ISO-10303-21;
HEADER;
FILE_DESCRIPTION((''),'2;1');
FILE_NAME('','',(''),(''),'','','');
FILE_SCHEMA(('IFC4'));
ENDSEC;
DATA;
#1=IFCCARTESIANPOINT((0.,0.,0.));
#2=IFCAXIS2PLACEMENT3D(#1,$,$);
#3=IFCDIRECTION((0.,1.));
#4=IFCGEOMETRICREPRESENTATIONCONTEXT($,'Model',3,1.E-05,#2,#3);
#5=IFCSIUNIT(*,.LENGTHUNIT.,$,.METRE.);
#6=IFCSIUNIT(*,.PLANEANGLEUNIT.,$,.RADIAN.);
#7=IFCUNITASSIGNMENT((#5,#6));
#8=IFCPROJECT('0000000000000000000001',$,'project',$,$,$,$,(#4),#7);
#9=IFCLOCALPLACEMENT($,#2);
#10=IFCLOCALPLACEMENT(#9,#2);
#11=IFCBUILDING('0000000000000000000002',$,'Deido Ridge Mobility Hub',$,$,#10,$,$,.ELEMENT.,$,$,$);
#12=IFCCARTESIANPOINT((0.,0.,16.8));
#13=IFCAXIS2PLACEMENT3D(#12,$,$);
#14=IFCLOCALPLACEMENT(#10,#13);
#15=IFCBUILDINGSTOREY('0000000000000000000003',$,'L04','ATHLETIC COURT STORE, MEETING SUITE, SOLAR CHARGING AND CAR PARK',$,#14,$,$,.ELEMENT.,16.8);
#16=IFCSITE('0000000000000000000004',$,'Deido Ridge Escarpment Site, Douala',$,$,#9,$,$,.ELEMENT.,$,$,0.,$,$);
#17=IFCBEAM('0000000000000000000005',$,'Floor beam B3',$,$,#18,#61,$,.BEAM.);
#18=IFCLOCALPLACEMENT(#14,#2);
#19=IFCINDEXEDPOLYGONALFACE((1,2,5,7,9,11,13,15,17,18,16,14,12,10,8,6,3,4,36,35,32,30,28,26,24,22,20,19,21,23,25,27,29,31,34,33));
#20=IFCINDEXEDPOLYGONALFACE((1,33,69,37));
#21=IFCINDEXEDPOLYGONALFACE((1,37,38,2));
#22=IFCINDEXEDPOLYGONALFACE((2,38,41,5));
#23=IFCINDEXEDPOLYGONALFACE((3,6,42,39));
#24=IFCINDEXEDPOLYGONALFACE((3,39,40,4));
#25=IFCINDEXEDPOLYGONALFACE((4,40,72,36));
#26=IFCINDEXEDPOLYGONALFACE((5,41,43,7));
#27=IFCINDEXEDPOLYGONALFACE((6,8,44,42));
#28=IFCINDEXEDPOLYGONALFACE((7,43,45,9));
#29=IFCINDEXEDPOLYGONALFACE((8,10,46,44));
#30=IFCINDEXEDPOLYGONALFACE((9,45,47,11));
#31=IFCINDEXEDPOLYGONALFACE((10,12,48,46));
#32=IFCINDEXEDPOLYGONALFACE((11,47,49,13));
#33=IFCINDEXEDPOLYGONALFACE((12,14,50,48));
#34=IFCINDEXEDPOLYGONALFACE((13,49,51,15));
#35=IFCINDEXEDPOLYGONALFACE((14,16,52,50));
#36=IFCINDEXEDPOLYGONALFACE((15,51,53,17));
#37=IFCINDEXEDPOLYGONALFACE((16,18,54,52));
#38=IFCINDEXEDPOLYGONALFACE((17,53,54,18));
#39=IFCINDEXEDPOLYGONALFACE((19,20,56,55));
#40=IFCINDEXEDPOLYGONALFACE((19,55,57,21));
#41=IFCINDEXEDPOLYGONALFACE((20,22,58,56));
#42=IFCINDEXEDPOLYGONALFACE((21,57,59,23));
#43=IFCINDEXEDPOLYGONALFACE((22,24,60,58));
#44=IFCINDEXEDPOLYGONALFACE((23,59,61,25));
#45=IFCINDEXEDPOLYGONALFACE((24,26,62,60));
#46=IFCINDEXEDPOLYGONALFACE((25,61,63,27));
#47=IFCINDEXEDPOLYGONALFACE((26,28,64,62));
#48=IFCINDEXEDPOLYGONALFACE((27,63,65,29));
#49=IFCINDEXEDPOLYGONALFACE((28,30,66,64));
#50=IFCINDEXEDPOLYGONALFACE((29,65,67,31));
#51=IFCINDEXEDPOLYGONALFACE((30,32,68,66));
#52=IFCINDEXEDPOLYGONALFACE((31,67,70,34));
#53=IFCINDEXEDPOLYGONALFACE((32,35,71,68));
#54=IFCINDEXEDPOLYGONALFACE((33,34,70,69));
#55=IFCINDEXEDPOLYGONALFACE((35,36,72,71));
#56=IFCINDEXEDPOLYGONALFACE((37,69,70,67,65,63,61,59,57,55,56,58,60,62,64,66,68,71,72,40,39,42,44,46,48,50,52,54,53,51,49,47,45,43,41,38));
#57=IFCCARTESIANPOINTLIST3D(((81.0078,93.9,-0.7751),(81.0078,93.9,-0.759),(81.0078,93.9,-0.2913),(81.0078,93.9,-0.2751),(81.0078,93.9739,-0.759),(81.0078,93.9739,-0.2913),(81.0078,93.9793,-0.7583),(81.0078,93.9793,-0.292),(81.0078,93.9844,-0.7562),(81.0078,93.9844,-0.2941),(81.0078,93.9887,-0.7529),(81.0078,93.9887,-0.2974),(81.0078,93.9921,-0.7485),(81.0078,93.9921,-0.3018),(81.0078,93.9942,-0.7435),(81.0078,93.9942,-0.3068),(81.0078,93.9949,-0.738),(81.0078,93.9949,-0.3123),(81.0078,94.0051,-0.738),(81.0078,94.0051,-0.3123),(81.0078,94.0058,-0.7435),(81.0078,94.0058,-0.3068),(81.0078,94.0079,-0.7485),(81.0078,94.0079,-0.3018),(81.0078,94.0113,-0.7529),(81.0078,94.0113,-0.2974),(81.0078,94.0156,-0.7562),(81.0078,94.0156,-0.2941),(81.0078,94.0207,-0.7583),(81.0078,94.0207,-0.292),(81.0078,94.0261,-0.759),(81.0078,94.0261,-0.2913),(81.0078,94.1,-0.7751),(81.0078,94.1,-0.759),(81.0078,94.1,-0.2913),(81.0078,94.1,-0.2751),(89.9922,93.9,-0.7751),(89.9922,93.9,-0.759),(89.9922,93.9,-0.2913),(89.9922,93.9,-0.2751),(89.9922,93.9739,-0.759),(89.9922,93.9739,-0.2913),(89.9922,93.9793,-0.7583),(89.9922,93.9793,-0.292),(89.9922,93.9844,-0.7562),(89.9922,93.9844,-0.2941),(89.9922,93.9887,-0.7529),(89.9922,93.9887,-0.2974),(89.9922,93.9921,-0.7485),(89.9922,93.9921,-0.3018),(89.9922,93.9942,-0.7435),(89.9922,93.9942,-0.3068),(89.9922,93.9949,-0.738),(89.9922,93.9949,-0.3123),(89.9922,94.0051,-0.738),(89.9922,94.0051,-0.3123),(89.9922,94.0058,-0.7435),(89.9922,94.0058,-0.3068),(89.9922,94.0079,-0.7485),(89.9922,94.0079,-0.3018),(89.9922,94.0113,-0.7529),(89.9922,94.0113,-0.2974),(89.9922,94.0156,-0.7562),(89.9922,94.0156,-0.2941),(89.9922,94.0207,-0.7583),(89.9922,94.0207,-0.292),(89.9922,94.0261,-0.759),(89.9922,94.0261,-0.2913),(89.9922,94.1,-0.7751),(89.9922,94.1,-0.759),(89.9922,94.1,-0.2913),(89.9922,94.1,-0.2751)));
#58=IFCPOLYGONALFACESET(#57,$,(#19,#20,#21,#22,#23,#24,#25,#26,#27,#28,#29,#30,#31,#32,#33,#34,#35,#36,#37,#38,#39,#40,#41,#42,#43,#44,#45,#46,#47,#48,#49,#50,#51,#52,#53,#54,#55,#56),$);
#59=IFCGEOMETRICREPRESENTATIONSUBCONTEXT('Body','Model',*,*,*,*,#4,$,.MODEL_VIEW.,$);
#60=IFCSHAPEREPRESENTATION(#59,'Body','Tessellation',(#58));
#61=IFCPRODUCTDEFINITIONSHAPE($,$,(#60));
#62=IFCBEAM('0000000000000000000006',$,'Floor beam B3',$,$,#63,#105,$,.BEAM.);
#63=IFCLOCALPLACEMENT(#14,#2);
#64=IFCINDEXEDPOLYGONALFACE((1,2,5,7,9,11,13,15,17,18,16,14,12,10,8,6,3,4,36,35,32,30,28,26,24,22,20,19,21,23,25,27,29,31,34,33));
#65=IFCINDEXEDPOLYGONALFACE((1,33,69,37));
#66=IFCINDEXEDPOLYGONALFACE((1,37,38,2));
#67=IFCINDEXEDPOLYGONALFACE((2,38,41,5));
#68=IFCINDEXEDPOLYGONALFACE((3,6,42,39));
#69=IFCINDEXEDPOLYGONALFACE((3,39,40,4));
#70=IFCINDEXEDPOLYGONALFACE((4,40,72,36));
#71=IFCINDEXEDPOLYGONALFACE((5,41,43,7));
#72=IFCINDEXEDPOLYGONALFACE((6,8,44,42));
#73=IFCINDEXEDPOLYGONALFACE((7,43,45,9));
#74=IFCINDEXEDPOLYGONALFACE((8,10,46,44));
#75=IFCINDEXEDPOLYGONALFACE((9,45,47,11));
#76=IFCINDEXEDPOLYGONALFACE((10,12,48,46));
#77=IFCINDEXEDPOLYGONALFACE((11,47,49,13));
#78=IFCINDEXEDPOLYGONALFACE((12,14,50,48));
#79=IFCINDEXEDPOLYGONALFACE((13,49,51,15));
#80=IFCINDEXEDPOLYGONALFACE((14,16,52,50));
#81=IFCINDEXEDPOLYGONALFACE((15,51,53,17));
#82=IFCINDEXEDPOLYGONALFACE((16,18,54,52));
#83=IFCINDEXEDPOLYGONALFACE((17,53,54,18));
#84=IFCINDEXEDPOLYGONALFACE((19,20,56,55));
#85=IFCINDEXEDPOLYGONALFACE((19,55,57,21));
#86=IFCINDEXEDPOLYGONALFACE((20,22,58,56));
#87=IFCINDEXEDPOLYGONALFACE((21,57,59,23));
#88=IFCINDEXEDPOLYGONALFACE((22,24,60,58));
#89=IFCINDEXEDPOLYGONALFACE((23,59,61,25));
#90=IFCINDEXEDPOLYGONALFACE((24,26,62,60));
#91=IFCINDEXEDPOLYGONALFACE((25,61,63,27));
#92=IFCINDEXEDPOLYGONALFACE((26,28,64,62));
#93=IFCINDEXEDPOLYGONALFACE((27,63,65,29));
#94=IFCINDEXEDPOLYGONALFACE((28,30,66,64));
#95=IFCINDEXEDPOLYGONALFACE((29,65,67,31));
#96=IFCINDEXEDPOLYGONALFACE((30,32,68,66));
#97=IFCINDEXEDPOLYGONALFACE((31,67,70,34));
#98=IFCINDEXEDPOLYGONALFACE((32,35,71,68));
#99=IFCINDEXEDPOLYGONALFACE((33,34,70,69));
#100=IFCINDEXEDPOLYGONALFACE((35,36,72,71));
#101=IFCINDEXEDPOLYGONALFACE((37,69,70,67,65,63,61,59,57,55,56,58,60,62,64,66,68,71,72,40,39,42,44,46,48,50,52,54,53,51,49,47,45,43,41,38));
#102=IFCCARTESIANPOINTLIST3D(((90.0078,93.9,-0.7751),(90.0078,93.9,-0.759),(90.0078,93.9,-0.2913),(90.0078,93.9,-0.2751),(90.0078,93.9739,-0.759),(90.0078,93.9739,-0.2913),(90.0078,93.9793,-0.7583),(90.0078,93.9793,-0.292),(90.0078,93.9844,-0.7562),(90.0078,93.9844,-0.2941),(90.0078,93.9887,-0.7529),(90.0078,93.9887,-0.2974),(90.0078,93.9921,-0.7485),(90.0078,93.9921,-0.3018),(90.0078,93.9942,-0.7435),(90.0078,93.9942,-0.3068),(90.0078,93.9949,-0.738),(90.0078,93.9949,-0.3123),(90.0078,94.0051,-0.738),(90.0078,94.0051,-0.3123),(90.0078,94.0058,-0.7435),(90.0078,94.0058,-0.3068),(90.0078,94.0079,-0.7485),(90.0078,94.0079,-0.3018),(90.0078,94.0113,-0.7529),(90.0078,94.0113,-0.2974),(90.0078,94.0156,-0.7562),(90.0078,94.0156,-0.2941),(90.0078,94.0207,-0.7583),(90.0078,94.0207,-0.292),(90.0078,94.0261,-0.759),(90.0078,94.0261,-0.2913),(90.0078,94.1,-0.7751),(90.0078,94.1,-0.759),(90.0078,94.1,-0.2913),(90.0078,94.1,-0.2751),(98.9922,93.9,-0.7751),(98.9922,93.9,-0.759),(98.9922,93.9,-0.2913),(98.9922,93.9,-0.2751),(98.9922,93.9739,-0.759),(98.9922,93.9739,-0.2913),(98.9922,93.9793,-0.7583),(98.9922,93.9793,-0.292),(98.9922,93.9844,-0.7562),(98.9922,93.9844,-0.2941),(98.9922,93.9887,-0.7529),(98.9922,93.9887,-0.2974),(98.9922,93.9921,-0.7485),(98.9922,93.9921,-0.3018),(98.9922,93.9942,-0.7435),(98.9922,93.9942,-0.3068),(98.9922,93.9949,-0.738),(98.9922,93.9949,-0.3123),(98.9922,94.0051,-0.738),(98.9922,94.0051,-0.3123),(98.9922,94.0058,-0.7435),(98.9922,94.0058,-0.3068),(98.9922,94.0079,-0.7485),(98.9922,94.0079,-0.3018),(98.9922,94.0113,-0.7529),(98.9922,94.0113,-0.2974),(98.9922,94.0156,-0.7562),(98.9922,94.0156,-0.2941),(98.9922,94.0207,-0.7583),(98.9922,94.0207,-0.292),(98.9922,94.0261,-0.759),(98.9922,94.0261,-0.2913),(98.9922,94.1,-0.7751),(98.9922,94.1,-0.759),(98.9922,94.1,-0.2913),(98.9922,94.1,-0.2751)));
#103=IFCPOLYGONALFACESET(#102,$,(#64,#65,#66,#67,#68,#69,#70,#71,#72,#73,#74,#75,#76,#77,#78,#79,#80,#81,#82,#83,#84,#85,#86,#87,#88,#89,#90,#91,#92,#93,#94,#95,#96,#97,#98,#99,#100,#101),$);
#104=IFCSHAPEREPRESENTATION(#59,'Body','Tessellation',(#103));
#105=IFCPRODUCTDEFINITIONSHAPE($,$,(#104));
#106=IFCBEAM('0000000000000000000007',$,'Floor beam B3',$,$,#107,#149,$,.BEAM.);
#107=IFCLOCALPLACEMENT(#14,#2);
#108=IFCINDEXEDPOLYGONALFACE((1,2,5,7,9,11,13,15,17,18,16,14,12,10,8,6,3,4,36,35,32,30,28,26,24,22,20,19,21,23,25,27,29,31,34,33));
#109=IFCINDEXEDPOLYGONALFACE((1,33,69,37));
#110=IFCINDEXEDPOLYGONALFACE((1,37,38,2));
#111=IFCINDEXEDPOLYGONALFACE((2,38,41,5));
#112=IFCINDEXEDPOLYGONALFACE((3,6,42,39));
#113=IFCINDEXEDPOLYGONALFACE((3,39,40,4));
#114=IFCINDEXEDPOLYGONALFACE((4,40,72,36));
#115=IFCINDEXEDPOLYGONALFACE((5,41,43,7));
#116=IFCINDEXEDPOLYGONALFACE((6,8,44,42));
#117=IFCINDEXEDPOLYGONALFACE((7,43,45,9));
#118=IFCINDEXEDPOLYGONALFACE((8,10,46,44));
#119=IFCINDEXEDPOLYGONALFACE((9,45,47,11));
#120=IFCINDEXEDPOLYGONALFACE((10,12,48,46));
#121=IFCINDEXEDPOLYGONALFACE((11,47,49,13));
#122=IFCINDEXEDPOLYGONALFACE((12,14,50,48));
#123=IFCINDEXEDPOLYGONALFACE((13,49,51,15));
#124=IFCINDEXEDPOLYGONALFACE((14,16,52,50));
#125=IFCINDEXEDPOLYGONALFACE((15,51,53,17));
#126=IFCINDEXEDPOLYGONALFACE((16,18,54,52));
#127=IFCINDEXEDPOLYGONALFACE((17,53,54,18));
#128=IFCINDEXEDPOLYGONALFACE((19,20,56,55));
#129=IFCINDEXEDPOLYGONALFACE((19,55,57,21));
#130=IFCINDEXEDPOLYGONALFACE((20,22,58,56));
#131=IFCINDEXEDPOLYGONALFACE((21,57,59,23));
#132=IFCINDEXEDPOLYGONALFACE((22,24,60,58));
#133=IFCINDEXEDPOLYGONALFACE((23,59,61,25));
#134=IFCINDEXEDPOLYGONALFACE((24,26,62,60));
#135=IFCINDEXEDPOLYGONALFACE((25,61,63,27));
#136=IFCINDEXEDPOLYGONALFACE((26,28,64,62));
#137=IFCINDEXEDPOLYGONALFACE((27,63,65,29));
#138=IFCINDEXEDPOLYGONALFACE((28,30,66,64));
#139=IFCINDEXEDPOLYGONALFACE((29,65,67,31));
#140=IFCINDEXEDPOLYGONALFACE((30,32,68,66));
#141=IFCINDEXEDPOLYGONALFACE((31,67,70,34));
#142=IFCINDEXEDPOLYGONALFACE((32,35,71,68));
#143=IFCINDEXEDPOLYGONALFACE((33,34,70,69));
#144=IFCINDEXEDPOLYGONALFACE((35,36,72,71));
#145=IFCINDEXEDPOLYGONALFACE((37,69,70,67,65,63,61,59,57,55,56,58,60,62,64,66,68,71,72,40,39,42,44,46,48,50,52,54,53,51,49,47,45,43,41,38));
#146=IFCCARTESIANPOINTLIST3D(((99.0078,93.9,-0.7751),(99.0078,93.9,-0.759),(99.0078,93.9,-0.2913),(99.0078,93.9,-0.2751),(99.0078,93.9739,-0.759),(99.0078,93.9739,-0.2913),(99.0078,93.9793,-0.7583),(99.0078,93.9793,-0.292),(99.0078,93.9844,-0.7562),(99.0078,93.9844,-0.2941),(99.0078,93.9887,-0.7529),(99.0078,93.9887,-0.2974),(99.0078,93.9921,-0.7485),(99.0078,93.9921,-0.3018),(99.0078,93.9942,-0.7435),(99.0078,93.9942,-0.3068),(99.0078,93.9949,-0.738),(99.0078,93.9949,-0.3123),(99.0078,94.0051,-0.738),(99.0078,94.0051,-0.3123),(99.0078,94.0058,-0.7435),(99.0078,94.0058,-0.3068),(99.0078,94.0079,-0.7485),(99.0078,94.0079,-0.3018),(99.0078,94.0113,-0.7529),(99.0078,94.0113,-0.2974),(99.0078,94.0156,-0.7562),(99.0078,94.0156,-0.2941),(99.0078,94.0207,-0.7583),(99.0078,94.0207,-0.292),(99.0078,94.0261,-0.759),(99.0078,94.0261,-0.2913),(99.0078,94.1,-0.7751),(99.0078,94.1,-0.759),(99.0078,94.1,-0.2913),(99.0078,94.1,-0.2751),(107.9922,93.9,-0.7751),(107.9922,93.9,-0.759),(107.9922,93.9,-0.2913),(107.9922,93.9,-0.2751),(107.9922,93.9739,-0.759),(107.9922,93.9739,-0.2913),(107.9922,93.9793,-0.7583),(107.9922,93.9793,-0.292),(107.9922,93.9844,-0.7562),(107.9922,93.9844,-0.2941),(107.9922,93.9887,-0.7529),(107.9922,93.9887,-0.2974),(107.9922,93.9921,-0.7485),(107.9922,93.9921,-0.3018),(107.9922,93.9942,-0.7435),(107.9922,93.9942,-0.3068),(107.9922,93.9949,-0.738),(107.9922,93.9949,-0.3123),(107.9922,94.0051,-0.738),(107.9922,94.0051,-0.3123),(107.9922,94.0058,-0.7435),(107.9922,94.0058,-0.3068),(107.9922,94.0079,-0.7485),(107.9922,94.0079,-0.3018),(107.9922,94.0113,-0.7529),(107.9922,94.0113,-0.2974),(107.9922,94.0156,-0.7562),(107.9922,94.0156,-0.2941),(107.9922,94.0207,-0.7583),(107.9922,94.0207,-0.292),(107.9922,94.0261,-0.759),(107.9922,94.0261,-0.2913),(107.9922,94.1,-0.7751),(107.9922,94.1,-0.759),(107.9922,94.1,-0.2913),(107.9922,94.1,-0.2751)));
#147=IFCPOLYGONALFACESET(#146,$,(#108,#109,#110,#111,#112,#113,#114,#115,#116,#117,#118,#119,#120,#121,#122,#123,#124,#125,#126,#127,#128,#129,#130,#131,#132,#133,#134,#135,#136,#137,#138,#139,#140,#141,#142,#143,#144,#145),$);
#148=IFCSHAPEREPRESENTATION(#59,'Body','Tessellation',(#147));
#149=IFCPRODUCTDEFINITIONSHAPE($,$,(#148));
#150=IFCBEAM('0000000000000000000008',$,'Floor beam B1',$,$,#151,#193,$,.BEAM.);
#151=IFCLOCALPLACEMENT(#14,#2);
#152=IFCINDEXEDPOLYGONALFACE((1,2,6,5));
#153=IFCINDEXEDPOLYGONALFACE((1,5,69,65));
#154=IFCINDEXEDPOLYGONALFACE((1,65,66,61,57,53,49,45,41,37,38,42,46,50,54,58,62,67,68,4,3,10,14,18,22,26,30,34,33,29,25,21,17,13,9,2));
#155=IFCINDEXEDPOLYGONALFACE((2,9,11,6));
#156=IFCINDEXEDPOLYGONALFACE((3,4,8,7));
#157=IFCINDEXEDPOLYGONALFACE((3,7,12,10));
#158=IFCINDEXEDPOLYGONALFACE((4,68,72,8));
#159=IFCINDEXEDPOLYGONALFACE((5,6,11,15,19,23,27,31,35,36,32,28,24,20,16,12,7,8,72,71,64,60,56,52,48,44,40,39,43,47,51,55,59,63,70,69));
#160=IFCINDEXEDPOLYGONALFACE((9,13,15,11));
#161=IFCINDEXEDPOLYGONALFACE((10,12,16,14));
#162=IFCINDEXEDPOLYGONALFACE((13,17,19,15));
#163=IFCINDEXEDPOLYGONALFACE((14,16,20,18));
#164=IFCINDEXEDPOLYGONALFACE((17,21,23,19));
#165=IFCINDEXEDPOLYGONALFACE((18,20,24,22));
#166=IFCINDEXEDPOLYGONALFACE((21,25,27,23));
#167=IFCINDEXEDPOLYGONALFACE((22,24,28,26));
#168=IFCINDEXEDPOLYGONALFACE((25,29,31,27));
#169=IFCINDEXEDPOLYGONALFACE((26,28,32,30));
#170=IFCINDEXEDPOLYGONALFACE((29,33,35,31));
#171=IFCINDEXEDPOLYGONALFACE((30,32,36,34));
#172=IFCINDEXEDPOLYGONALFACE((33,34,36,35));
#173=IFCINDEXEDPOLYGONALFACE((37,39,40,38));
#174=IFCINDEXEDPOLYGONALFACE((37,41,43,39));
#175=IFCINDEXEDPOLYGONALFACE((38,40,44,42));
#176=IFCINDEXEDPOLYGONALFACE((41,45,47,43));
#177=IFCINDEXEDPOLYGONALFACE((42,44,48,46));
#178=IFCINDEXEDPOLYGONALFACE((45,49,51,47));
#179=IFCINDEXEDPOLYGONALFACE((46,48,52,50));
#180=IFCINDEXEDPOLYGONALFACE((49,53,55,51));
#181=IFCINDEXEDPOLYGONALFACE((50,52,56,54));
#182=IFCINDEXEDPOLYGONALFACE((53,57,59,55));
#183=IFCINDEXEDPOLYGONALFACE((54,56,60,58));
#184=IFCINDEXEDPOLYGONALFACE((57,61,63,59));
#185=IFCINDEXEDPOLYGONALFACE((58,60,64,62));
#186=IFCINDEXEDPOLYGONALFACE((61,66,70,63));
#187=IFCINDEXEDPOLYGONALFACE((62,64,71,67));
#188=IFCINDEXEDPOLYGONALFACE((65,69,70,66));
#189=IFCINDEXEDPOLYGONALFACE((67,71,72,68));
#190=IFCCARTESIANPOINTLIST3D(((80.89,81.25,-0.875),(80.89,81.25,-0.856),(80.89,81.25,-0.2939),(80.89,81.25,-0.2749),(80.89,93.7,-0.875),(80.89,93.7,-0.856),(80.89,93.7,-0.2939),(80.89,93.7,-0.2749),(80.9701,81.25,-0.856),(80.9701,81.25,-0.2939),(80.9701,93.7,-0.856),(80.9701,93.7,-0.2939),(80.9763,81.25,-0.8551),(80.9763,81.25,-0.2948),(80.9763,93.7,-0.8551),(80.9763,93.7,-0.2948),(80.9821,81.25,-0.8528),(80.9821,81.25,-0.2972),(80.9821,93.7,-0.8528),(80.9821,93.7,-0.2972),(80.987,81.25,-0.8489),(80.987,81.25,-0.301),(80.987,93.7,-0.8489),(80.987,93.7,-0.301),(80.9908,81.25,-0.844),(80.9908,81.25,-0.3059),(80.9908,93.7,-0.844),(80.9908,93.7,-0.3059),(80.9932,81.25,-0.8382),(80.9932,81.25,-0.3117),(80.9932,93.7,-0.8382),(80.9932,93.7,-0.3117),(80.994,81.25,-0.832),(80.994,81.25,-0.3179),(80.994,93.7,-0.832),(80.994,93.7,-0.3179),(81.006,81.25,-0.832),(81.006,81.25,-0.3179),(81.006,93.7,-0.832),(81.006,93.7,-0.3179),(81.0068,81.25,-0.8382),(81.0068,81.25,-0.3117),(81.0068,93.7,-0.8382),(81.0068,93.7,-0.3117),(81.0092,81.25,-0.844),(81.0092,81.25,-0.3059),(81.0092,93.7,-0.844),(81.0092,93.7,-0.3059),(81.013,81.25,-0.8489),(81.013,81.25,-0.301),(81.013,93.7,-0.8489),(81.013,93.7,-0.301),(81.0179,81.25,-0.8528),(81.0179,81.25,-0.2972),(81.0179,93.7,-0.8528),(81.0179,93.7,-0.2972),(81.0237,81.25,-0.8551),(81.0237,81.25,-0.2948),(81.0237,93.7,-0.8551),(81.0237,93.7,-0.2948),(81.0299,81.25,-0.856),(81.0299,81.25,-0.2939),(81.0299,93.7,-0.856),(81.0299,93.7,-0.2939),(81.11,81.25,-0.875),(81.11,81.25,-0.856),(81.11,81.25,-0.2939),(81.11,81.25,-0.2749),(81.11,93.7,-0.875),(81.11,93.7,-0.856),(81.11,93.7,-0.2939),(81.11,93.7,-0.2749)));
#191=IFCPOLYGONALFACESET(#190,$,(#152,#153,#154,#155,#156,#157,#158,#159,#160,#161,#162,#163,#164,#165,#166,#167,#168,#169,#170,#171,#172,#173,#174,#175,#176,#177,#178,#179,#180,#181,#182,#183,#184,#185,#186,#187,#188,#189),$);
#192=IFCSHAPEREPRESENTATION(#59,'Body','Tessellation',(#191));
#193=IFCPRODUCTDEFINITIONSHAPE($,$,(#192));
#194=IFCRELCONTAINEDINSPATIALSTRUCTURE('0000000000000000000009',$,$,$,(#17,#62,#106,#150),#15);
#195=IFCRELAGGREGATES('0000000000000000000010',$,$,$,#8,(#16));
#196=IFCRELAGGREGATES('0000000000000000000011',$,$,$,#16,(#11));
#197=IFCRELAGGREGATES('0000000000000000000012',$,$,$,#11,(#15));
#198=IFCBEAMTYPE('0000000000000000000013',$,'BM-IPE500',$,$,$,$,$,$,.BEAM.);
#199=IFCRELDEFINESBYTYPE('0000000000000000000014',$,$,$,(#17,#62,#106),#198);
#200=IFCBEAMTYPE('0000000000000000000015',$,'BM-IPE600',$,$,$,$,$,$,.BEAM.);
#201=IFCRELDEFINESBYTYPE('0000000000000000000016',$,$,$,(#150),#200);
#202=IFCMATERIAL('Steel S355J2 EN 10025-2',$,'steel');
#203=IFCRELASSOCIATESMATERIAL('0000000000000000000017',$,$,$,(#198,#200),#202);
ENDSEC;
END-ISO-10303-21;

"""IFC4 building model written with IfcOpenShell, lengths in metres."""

from ifc_helpers import new_model, si_unit, direction, frame, origin, origin_2d, place, context, subcontext, project, spatial, i_section, extrude, material, material_profile, profile_set, type_object, element, save


model = new_model("IFC4")

# Units and contexts
model_context = context("Model", 3, precision=1e-05, world=origin(), true_north=direction((0.0, 1.0)))
body_context = subcontext(model_context, "Body", "Model", "MODEL_VIEW")
ifc_project = project(units=[si_unit("LENGTHUNIT", "METRE"), si_unit("PLANEANGLEUNIT", "RADIAN")], contexts=[model_context])

# Site, building, storey
site_placement = place(None, origin())
site = spatial("IfcSite", under=ifc_project, at=site_placement, Name="Deido Ridge Escarpment Site, Douala", CompositionType="ELEMENT", RefElevation=0.0)
building_placement = place(site_placement, origin())
building = spatial("IfcBuilding", under=site, at=building_placement, Name="Deido Ridge Mobility Hub", CompositionType="ELEMENT")
storey_placement = place(building_placement, frame((0.0, 0.0, 16.8)))
storey = spatial("IfcBuildingStorey", under=building, at=storey_placement, Name="L04", Description="ATHLETIC COURT STORE, MEETING SUITE, SOLAR CHARGING AND CAR PARK", CompositionType="ELEMENT", Elevation=16.8)

# Shared definitions
ifc_material_1 = material(Name="Steel S355J2 EN 10025-2", Category="steel")

# Beams
ifc_material_profile_1 = material_profile(ifc_material_1, i_section(OverallWidth=0.2, OverallDepth=0.5, WebThickness=0.0103, FlangeThickness=0.0161, FilletRadius=0.021, at=origin_2d()), Name="IPE 500")
ifc_profile_set_1 = profile_set([ifc_material_profile_1], Name="Steel S355J2 EN 10025-2")
beam_type_1 = type_object("IfcBeamType", Name="BM-IPE500", PredefinedType="BEAM", material=ifc_profile_set_1)
for number, where, z_axis, x_axis, name in (
    (1, (81.0078, 94.0, -0.5251), (1.0, 0.0, 0.0), (0.0, 1.0, 0.0), "Floor beam B3"),
    (2, (90.0078, 94.0, -0.5251), (1.0, 0.0, 0.0), (0.0, 1.0, 0.0), "Floor beam B3"),
    (3, (99.0078, 94.0, -0.5251), (1.0, 0.0, 0.0), (0.0, 1.0, 0.0), "Floor beam B3"),
):
    element("IfcBeam", number, at=place(storey_placement, frame(where, z_axis=z_axis, x_axis=x_axis)), inside=storey, type_object=beam_type_1, Name=name, PredefinedType="BEAM", context=body_context, shape_type="SweptSolid", body=[
        extrude(i_section(OverallWidth=0.2, OverallDepth=0.5, WebThickness=0.0103, FlangeThickness=0.0161, FilletRadius=0.021, at=origin_2d()), origin(), (0.0, 0.0, 1.0), 8.9844),
    ])
ifc_material_profile_2 = material_profile(ifc_material_1, i_section(OverallWidth=0.22, OverallDepth=0.6001, WebThickness=0.012, FlangeThickness=0.019, FilletRadius=0.0239, at=origin_2d()), Name="IPE 600")
ifc_profile_set_2 = profile_set([ifc_material_profile_2], Name="Steel S355J2 EN 10025-2")
beam_type_2 = type_object("IfcBeamType", Name="BM-IPE600", PredefinedType="BEAM", material=ifc_profile_set_2)
for number, where, z_axis, x_axis, name in (
    (4, (81.0, 81.25, -0.575), (0.0, 1.0, 0.0), (-1.0, 0.0, 0.0), "Floor beam B1"),
):
    element("IfcBeam", number, at=place(storey_placement, frame(where, z_axis=z_axis, x_axis=x_axis)), inside=storey, type_object=beam_type_2, Name=name, PredefinedType="BEAM", context=body_context, shape_type="SweptSolid", body=[
        extrude(i_section(OverallWidth=0.22, OverallDepth=0.6001, WebThickness=0.012, FlangeThickness=0.019, FilletRadius=0.0239, at=origin_2d()), origin(), (0.0, 0.0, 1.0), 12.45),
    ])

save(model, "model.ifc")
